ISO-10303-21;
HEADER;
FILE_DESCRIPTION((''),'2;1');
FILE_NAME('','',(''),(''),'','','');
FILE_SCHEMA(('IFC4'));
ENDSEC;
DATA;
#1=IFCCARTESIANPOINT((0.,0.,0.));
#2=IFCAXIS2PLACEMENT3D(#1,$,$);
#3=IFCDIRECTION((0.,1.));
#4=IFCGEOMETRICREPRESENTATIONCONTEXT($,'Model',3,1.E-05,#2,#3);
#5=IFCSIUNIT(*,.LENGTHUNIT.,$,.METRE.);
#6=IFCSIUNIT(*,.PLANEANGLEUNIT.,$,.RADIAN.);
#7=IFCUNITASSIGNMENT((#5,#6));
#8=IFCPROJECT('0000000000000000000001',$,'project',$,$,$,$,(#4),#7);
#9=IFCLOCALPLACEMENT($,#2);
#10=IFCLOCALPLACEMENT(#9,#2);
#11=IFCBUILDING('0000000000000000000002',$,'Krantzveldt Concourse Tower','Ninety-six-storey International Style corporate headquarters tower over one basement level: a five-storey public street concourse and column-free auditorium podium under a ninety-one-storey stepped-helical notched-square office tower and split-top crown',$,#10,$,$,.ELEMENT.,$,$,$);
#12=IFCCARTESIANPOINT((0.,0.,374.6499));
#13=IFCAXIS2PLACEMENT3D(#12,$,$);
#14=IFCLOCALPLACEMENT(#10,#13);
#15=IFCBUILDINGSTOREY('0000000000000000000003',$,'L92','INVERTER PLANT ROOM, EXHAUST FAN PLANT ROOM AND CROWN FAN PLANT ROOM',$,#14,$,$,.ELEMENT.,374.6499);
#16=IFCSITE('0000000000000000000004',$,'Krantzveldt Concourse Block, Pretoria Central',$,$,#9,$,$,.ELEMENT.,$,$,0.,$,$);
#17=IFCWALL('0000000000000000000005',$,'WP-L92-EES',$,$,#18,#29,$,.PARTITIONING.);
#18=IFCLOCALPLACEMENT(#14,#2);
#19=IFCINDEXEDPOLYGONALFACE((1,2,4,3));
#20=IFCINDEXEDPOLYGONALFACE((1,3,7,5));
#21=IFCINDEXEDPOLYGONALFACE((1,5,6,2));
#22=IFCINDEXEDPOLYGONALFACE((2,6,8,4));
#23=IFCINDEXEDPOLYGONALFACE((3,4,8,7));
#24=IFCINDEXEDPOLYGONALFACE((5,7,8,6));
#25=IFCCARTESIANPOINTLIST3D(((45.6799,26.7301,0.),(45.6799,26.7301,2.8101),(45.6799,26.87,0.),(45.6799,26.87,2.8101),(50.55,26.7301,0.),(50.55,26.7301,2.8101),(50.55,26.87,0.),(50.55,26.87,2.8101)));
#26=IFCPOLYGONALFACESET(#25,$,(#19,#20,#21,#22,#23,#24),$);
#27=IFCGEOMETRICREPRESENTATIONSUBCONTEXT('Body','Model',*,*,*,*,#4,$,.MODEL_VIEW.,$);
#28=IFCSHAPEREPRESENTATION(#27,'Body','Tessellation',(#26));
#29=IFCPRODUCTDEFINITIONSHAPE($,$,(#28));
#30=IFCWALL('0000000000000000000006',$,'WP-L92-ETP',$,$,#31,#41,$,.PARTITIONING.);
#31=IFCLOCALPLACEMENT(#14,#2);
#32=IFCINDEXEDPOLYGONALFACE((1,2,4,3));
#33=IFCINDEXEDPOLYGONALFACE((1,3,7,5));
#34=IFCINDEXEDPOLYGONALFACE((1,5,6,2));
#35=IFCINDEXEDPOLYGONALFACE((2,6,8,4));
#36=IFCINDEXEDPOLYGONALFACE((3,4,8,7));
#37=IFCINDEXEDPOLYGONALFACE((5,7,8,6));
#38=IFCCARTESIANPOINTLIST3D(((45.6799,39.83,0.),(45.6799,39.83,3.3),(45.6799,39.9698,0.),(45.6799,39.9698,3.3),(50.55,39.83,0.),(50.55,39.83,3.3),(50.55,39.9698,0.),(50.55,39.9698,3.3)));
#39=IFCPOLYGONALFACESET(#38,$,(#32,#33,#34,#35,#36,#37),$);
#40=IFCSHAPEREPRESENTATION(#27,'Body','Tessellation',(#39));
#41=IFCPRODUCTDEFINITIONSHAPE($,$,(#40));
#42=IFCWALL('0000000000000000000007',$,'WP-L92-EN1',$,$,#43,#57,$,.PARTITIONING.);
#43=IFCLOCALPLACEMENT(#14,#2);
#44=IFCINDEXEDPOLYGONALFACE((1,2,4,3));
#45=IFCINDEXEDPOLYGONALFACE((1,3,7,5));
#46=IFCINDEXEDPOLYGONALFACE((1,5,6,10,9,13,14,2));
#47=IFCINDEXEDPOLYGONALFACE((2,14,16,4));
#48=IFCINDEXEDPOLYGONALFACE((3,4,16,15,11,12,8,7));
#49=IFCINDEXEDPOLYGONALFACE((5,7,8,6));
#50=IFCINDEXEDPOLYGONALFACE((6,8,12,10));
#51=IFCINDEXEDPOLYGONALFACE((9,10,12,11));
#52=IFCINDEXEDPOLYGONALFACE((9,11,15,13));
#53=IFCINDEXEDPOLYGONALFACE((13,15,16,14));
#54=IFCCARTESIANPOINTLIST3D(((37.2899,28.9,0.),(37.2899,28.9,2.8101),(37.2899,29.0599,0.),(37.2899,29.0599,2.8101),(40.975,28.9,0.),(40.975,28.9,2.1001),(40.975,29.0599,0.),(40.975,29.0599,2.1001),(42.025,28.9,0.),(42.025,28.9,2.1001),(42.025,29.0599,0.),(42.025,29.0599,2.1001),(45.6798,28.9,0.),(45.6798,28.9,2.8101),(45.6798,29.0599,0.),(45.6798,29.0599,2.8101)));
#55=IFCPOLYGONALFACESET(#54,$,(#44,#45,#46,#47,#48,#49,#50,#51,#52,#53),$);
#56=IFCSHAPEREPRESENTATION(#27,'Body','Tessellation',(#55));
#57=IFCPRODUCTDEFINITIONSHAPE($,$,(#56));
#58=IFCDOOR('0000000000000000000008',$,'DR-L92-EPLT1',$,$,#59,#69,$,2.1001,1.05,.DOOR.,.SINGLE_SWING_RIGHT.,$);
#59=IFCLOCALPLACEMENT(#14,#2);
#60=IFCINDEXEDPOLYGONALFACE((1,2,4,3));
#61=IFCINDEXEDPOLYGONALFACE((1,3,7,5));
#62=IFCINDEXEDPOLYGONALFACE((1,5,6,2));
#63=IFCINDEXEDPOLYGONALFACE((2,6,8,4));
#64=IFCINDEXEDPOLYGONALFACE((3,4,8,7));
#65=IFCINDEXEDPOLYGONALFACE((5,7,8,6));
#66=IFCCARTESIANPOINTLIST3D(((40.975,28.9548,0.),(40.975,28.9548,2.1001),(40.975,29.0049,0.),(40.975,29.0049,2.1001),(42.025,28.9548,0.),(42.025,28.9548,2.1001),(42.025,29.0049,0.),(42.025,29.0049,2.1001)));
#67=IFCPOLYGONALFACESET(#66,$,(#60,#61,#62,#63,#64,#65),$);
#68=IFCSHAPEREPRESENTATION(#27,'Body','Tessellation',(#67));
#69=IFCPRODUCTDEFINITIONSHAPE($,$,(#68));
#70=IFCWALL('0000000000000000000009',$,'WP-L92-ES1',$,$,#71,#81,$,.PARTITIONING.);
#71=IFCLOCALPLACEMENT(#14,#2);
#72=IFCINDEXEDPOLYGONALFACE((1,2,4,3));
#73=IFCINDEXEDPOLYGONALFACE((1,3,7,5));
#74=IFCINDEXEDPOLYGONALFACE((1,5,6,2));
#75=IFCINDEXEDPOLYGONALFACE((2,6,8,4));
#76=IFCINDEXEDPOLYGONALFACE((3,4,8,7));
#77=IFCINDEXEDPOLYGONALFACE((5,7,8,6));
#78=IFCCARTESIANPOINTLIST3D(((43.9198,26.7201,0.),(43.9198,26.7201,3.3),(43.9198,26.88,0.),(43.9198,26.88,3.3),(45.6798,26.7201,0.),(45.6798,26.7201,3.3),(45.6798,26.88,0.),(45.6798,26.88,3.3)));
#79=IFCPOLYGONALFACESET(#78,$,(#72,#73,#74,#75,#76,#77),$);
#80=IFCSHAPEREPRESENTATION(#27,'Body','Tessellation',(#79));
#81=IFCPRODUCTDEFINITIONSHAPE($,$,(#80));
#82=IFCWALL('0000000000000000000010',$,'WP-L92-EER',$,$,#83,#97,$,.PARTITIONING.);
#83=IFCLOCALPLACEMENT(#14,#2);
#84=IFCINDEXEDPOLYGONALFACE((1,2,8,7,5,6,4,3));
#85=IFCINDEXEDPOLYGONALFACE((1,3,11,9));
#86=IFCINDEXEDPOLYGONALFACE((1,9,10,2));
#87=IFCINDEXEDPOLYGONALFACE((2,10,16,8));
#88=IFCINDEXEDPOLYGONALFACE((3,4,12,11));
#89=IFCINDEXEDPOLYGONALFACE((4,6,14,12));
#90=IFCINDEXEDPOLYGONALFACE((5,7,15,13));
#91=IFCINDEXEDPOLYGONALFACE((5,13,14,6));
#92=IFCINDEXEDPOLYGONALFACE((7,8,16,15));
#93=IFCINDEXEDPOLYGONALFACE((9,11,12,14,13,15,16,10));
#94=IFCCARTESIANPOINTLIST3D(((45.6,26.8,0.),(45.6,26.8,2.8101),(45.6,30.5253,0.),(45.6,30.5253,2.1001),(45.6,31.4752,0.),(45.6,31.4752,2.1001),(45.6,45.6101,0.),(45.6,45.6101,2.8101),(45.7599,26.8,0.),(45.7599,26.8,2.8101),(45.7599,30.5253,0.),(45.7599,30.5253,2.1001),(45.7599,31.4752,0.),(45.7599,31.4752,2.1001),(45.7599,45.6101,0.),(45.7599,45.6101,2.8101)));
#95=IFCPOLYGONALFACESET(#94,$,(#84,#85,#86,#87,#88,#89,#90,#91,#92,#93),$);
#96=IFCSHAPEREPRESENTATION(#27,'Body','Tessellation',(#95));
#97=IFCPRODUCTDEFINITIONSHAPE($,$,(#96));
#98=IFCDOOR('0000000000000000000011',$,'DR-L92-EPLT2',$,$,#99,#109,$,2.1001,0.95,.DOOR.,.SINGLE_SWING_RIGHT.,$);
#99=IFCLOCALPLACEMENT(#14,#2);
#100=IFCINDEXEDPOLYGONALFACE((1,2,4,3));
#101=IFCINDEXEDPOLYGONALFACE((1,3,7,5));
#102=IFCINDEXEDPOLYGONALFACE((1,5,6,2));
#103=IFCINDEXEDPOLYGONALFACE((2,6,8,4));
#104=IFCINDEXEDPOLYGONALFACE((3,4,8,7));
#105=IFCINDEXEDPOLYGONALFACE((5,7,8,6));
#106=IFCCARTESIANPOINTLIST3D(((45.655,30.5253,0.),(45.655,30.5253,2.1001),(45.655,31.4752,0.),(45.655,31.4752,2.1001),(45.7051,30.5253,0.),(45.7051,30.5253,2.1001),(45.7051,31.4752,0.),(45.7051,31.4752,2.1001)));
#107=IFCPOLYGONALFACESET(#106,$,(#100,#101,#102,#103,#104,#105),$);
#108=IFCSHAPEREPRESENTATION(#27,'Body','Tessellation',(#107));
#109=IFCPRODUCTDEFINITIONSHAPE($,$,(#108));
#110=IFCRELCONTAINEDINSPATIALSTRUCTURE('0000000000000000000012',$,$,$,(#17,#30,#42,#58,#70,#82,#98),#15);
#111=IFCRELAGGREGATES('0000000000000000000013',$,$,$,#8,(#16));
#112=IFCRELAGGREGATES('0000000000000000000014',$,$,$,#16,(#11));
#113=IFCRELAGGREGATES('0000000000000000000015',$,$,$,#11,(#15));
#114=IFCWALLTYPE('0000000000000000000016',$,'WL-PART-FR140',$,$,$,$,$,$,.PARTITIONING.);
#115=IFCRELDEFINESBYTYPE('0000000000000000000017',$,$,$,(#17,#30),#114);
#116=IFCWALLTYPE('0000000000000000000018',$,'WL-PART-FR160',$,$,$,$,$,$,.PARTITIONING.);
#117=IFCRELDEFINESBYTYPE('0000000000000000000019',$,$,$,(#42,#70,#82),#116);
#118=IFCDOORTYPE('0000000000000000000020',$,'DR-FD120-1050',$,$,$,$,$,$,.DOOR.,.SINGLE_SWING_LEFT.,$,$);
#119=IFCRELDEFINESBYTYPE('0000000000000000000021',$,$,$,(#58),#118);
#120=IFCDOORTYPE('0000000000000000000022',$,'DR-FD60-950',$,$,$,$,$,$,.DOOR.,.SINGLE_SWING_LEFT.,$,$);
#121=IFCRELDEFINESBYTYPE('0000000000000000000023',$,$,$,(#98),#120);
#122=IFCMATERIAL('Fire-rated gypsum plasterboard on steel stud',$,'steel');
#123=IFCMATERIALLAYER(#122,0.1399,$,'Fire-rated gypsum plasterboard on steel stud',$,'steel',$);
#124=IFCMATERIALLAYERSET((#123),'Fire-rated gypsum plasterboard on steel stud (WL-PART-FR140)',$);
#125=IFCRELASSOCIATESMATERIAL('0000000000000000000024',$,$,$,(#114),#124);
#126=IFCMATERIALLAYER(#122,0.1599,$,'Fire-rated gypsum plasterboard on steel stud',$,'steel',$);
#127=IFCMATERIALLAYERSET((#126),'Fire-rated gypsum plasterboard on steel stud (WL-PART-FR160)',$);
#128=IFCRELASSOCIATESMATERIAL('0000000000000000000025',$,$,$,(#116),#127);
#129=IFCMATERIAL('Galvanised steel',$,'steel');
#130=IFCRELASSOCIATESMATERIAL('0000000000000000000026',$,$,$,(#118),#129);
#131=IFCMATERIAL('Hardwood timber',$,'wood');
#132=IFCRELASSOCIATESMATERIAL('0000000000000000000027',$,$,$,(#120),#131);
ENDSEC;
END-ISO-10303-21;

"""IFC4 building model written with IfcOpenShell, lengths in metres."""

from ifc_helpers import new_model, si_unit, direction, frame, frame_2d, origin, place, context, subcontext, project, spatial, rectangle, extrude, material, layer, layer_set, type_object, element, fill, save


model = new_model("IFC4")

# Units and contexts
model_context = context("Model", 3, precision=1e-05, world=origin(), true_north=direction((0.0, 1.0)))
body_context = subcontext(model_context, "Body", "Model", "MODEL_VIEW")
ifc_project = project(units=[si_unit("LENGTHUNIT", "METRE"), si_unit("PLANEANGLEUNIT", "RADIAN")], contexts=[model_context])

# Site, building, storey
site_placement = place(None, origin())
site = spatial("IfcSite", under=ifc_project, at=site_placement, Name="Krantzveldt Concourse Block, Pretoria Central", CompositionType="ELEMENT", RefElevation=0.0)
building_placement = place(site_placement, origin())
building = spatial("IfcBuilding", under=site, at=building_placement, Name="Krantzveldt Concourse Tower", Description="Ninety-six-storey International Style corporate headquarters tower over one basement level: a five-storey public street concourse and column-free auditorium podium under a ninety-one-storey stepped-helical notched-square office tower and split-top crown", CompositionType="ELEMENT")
storey_placement = place(building_placement, frame((0.0, 0.0, 374.6499)))
storey = spatial("IfcBuildingStorey", under=building, at=storey_placement, Name="L92", Description="INVERTER PLANT ROOM, EXHAUST FAN PLANT ROOM AND CROWN FAN PLANT ROOM", CompositionType="ELEMENT", Elevation=374.6499)

# Walls
ifc_material_1 = material(Name="Fire-rated gypsum plasterboard on steel stud", Category="steel")
ifc_layer_1 = layer(ifc_material_1, 0.1399, Name="Fire-rated gypsum plasterboard on steel stud", Category="steel")
ifc_layer_set_1 = layer_set([ifc_layer_1], Name="Fire-rated gypsum plasterboard on steel stud (WL-PART-FR140)")
wall_type_1 = type_object("IfcWallType", Name="WL-PART-FR140", PredefinedType="PARTITIONING", material=ifc_layer_set_1)
wall_1_placement = place(storey_placement, frame((45.6799, 26.8, 0.0), z_axis=(0.0, 0.0, 1.0), x_axis=(1.0, 0.0, 0.0)))
element("IfcWall", 1, at=wall_1_placement, inside=storey, type_object=wall_type_1, Name="WP-L92-EES", PredefinedType="PARTITIONING", context=body_context, shape_type="SweptSolid", body=[
    extrude(rectangle(XDim=4.8701, YDim=0.1399, at=frame_2d((2.4351, 0.0))), origin(), (0.0, 0.0, 1.0), 2.8101),
])
wall_2_placement = place(storey_placement, frame((45.6799, 39.8999, 0.0), z_axis=(0.0, 0.0, 1.0), x_axis=(1.0, 0.0, 0.0)))
element("IfcWall", 2, at=wall_2_placement, inside=storey, type_object=wall_type_1, Name="WP-L92-ETP", PredefinedType="PARTITIONING", context=body_context, shape_type="SweptSolid", body=[
    extrude(rectangle(XDim=4.8701, YDim=0.1399, at=frame_2d((2.4351, 0.0))), origin(), (0.0, 0.0, 1.0), 3.3),
])

# Wall, opening, door
ifc_layer_2 = layer(ifc_material_1, 0.1599, Name="Fire-rated gypsum plasterboard on steel stud", Category="steel")
ifc_layer_set_2 = layer_set([ifc_layer_2], Name="Fire-rated gypsum plasterboard on steel stud (WL-PART-FR160)")
wall_type_2 = type_object("IfcWallType", Name="WL-PART-FR160", PredefinedType="PARTITIONING", material=ifc_layer_set_2)
wall_3_placement = place(storey_placement, frame((37.29, 28.98, 0.0), z_axis=(0.0, 0.0, 1.0), x_axis=(1.0, 0.0, 0.0)))
wall_3 = element("IfcWall", 3, at=wall_3_placement, inside=storey, type_object=wall_type_2, Name="WP-L92-EN1", PredefinedType="PARTITIONING", context=body_context, shape_type="SweptSolid", body=[
    extrude(rectangle(XDim=8.3899, YDim=0.1599, at=frame_2d((4.1948, 0.0))), origin(), (0.0, 0.0, 1.0), 2.8101),
])
opening_1_placement = place(wall_3_placement, frame((3.6851, 0.0, 0.0)))
opening_1 = element("IfcOpeningElement", 4, at=opening_1_placement, cuts=wall_3, PredefinedType="OPENING", context=body_context, shape_type="SweptSolid", body=[
    extrude(rectangle(XDim=1.05, YDim=2.1001, at=frame_2d((0.5249, 1.05))), frame((0.0, 0.0898, 0.0), z_axis=(0.0, -1.0, 0.0), x_axis=(1.0, 0.0, 0.0)), (0.0, 0.0, 1.0), 0.1799),
])
ifc_material_2 = material(Name="Galvanised steel", Category="steel")
door_type_1 = type_object("IfcDoorType", Name="DR-FD120-1050", OperationType="SINGLE_SWING_LEFT", PredefinedType="DOOR", material=ifc_material_2)
door_1_placement = place(opening_1_placement, origin())
door_1 = element("IfcDoor", 5, at=door_1_placement, inside=storey, type_object=door_type_1, Name="DR-L92-EPLT1", OperationType="SINGLE_SWING_RIGHT", OverallHeight=2.1001, OverallWidth=1.05, PredefinedType="DOOR", context=body_context, shape_type="SweptSolid", body=[
    extrude(rectangle(XDim=1.05, YDim=2.1001, at=frame_2d((0.5249, 1.05))), frame((0.0, 0.0249, 0.0), z_axis=(0.0, -1.0, 0.0), x_axis=(1.0, 0.0, 0.0)), (0.0, 0.0, 1.0), 0.05),
])
fill(opening_1, door_1)

# Wall
wall_4_placement = place(storey_placement, frame((43.9199, 26.8, 0.0), z_axis=(0.0, 0.0, 1.0), x_axis=(1.0, 0.0, 0.0)))
element("IfcWall", 6, at=wall_4_placement, inside=storey, type_object=wall_type_2, Name="WP-L92-ES1", PredefinedType="PARTITIONING", context=body_context, shape_type="SweptSolid", body=[
    extrude(rectangle(XDim=1.76, YDim=0.1599, at=frame_2d((0.8799, 0.0))), origin(), (0.0, 0.0, 1.0), 3.3),
])

# Wall, opening, door
wall_5_placement = place(storey_placement, frame((45.6799, 26.8, 0.0), z_axis=(0.0, 0.0, 1.0), x_axis=(0.0, 1.0, 0.0)))
wall_5 = element("IfcWall", 7, at=wall_5_placement, inside=storey, type_object=wall_type_2, Name="WP-L92-EER", PredefinedType="PARTITIONING", context=body_context, shape_type="SweptSolid", body=[
    extrude(rectangle(XDim=18.8101, YDim=0.1599, at=frame_2d((9.405, 0.0))), origin(), (0.0, 0.0, 1.0), 2.8101),
])
opening_2_placement = place(wall_5_placement, frame((3.7251, 0.0, 0.0)))
opening_2 = element("IfcOpeningElement", 8, at=opening_2_placement, cuts=wall_5, PredefinedType="OPENING", context=body_context, shape_type="SweptSolid", body=[
    extrude(rectangle(XDim=0.95, YDim=2.1001, at=frame_2d((0.4751, 1.05))), frame((0.0, 0.0898, 0.0), z_axis=(0.0, -1.0, 0.0), x_axis=(1.0, 0.0, 0.0)), (0.0, 0.0, 1.0), 0.1799),
])
ifc_material_3 = material(Name="Hardwood timber", Category="wood")
door_type_2 = type_object("IfcDoorType", Name="DR-FD60-950", OperationType="SINGLE_SWING_LEFT", PredefinedType="DOOR", material=ifc_material_3)
door_2_placement = place(opening_2_placement, origin())
door_2 = element("IfcDoor", 9, at=door_2_placement, inside=storey, type_object=door_type_2, Name="DR-L92-EPLT2", OperationType="SINGLE_SWING_RIGHT", OverallHeight=2.1001, OverallWidth=0.95, PredefinedType="DOOR", context=body_context, shape_type="SweptSolid", body=[
    extrude(rectangle(XDim=0.95, YDim=2.1001, at=frame_2d((0.4751, 1.05))), frame((0.0, 0.0249, 0.0), z_axis=(0.0, -1.0, 0.0), x_axis=(1.0, 0.0, 0.0)), (0.0, 0.0, 1.0), 0.05),
])
fill(opening_2, door_2)

save(model, "model.ifc")
